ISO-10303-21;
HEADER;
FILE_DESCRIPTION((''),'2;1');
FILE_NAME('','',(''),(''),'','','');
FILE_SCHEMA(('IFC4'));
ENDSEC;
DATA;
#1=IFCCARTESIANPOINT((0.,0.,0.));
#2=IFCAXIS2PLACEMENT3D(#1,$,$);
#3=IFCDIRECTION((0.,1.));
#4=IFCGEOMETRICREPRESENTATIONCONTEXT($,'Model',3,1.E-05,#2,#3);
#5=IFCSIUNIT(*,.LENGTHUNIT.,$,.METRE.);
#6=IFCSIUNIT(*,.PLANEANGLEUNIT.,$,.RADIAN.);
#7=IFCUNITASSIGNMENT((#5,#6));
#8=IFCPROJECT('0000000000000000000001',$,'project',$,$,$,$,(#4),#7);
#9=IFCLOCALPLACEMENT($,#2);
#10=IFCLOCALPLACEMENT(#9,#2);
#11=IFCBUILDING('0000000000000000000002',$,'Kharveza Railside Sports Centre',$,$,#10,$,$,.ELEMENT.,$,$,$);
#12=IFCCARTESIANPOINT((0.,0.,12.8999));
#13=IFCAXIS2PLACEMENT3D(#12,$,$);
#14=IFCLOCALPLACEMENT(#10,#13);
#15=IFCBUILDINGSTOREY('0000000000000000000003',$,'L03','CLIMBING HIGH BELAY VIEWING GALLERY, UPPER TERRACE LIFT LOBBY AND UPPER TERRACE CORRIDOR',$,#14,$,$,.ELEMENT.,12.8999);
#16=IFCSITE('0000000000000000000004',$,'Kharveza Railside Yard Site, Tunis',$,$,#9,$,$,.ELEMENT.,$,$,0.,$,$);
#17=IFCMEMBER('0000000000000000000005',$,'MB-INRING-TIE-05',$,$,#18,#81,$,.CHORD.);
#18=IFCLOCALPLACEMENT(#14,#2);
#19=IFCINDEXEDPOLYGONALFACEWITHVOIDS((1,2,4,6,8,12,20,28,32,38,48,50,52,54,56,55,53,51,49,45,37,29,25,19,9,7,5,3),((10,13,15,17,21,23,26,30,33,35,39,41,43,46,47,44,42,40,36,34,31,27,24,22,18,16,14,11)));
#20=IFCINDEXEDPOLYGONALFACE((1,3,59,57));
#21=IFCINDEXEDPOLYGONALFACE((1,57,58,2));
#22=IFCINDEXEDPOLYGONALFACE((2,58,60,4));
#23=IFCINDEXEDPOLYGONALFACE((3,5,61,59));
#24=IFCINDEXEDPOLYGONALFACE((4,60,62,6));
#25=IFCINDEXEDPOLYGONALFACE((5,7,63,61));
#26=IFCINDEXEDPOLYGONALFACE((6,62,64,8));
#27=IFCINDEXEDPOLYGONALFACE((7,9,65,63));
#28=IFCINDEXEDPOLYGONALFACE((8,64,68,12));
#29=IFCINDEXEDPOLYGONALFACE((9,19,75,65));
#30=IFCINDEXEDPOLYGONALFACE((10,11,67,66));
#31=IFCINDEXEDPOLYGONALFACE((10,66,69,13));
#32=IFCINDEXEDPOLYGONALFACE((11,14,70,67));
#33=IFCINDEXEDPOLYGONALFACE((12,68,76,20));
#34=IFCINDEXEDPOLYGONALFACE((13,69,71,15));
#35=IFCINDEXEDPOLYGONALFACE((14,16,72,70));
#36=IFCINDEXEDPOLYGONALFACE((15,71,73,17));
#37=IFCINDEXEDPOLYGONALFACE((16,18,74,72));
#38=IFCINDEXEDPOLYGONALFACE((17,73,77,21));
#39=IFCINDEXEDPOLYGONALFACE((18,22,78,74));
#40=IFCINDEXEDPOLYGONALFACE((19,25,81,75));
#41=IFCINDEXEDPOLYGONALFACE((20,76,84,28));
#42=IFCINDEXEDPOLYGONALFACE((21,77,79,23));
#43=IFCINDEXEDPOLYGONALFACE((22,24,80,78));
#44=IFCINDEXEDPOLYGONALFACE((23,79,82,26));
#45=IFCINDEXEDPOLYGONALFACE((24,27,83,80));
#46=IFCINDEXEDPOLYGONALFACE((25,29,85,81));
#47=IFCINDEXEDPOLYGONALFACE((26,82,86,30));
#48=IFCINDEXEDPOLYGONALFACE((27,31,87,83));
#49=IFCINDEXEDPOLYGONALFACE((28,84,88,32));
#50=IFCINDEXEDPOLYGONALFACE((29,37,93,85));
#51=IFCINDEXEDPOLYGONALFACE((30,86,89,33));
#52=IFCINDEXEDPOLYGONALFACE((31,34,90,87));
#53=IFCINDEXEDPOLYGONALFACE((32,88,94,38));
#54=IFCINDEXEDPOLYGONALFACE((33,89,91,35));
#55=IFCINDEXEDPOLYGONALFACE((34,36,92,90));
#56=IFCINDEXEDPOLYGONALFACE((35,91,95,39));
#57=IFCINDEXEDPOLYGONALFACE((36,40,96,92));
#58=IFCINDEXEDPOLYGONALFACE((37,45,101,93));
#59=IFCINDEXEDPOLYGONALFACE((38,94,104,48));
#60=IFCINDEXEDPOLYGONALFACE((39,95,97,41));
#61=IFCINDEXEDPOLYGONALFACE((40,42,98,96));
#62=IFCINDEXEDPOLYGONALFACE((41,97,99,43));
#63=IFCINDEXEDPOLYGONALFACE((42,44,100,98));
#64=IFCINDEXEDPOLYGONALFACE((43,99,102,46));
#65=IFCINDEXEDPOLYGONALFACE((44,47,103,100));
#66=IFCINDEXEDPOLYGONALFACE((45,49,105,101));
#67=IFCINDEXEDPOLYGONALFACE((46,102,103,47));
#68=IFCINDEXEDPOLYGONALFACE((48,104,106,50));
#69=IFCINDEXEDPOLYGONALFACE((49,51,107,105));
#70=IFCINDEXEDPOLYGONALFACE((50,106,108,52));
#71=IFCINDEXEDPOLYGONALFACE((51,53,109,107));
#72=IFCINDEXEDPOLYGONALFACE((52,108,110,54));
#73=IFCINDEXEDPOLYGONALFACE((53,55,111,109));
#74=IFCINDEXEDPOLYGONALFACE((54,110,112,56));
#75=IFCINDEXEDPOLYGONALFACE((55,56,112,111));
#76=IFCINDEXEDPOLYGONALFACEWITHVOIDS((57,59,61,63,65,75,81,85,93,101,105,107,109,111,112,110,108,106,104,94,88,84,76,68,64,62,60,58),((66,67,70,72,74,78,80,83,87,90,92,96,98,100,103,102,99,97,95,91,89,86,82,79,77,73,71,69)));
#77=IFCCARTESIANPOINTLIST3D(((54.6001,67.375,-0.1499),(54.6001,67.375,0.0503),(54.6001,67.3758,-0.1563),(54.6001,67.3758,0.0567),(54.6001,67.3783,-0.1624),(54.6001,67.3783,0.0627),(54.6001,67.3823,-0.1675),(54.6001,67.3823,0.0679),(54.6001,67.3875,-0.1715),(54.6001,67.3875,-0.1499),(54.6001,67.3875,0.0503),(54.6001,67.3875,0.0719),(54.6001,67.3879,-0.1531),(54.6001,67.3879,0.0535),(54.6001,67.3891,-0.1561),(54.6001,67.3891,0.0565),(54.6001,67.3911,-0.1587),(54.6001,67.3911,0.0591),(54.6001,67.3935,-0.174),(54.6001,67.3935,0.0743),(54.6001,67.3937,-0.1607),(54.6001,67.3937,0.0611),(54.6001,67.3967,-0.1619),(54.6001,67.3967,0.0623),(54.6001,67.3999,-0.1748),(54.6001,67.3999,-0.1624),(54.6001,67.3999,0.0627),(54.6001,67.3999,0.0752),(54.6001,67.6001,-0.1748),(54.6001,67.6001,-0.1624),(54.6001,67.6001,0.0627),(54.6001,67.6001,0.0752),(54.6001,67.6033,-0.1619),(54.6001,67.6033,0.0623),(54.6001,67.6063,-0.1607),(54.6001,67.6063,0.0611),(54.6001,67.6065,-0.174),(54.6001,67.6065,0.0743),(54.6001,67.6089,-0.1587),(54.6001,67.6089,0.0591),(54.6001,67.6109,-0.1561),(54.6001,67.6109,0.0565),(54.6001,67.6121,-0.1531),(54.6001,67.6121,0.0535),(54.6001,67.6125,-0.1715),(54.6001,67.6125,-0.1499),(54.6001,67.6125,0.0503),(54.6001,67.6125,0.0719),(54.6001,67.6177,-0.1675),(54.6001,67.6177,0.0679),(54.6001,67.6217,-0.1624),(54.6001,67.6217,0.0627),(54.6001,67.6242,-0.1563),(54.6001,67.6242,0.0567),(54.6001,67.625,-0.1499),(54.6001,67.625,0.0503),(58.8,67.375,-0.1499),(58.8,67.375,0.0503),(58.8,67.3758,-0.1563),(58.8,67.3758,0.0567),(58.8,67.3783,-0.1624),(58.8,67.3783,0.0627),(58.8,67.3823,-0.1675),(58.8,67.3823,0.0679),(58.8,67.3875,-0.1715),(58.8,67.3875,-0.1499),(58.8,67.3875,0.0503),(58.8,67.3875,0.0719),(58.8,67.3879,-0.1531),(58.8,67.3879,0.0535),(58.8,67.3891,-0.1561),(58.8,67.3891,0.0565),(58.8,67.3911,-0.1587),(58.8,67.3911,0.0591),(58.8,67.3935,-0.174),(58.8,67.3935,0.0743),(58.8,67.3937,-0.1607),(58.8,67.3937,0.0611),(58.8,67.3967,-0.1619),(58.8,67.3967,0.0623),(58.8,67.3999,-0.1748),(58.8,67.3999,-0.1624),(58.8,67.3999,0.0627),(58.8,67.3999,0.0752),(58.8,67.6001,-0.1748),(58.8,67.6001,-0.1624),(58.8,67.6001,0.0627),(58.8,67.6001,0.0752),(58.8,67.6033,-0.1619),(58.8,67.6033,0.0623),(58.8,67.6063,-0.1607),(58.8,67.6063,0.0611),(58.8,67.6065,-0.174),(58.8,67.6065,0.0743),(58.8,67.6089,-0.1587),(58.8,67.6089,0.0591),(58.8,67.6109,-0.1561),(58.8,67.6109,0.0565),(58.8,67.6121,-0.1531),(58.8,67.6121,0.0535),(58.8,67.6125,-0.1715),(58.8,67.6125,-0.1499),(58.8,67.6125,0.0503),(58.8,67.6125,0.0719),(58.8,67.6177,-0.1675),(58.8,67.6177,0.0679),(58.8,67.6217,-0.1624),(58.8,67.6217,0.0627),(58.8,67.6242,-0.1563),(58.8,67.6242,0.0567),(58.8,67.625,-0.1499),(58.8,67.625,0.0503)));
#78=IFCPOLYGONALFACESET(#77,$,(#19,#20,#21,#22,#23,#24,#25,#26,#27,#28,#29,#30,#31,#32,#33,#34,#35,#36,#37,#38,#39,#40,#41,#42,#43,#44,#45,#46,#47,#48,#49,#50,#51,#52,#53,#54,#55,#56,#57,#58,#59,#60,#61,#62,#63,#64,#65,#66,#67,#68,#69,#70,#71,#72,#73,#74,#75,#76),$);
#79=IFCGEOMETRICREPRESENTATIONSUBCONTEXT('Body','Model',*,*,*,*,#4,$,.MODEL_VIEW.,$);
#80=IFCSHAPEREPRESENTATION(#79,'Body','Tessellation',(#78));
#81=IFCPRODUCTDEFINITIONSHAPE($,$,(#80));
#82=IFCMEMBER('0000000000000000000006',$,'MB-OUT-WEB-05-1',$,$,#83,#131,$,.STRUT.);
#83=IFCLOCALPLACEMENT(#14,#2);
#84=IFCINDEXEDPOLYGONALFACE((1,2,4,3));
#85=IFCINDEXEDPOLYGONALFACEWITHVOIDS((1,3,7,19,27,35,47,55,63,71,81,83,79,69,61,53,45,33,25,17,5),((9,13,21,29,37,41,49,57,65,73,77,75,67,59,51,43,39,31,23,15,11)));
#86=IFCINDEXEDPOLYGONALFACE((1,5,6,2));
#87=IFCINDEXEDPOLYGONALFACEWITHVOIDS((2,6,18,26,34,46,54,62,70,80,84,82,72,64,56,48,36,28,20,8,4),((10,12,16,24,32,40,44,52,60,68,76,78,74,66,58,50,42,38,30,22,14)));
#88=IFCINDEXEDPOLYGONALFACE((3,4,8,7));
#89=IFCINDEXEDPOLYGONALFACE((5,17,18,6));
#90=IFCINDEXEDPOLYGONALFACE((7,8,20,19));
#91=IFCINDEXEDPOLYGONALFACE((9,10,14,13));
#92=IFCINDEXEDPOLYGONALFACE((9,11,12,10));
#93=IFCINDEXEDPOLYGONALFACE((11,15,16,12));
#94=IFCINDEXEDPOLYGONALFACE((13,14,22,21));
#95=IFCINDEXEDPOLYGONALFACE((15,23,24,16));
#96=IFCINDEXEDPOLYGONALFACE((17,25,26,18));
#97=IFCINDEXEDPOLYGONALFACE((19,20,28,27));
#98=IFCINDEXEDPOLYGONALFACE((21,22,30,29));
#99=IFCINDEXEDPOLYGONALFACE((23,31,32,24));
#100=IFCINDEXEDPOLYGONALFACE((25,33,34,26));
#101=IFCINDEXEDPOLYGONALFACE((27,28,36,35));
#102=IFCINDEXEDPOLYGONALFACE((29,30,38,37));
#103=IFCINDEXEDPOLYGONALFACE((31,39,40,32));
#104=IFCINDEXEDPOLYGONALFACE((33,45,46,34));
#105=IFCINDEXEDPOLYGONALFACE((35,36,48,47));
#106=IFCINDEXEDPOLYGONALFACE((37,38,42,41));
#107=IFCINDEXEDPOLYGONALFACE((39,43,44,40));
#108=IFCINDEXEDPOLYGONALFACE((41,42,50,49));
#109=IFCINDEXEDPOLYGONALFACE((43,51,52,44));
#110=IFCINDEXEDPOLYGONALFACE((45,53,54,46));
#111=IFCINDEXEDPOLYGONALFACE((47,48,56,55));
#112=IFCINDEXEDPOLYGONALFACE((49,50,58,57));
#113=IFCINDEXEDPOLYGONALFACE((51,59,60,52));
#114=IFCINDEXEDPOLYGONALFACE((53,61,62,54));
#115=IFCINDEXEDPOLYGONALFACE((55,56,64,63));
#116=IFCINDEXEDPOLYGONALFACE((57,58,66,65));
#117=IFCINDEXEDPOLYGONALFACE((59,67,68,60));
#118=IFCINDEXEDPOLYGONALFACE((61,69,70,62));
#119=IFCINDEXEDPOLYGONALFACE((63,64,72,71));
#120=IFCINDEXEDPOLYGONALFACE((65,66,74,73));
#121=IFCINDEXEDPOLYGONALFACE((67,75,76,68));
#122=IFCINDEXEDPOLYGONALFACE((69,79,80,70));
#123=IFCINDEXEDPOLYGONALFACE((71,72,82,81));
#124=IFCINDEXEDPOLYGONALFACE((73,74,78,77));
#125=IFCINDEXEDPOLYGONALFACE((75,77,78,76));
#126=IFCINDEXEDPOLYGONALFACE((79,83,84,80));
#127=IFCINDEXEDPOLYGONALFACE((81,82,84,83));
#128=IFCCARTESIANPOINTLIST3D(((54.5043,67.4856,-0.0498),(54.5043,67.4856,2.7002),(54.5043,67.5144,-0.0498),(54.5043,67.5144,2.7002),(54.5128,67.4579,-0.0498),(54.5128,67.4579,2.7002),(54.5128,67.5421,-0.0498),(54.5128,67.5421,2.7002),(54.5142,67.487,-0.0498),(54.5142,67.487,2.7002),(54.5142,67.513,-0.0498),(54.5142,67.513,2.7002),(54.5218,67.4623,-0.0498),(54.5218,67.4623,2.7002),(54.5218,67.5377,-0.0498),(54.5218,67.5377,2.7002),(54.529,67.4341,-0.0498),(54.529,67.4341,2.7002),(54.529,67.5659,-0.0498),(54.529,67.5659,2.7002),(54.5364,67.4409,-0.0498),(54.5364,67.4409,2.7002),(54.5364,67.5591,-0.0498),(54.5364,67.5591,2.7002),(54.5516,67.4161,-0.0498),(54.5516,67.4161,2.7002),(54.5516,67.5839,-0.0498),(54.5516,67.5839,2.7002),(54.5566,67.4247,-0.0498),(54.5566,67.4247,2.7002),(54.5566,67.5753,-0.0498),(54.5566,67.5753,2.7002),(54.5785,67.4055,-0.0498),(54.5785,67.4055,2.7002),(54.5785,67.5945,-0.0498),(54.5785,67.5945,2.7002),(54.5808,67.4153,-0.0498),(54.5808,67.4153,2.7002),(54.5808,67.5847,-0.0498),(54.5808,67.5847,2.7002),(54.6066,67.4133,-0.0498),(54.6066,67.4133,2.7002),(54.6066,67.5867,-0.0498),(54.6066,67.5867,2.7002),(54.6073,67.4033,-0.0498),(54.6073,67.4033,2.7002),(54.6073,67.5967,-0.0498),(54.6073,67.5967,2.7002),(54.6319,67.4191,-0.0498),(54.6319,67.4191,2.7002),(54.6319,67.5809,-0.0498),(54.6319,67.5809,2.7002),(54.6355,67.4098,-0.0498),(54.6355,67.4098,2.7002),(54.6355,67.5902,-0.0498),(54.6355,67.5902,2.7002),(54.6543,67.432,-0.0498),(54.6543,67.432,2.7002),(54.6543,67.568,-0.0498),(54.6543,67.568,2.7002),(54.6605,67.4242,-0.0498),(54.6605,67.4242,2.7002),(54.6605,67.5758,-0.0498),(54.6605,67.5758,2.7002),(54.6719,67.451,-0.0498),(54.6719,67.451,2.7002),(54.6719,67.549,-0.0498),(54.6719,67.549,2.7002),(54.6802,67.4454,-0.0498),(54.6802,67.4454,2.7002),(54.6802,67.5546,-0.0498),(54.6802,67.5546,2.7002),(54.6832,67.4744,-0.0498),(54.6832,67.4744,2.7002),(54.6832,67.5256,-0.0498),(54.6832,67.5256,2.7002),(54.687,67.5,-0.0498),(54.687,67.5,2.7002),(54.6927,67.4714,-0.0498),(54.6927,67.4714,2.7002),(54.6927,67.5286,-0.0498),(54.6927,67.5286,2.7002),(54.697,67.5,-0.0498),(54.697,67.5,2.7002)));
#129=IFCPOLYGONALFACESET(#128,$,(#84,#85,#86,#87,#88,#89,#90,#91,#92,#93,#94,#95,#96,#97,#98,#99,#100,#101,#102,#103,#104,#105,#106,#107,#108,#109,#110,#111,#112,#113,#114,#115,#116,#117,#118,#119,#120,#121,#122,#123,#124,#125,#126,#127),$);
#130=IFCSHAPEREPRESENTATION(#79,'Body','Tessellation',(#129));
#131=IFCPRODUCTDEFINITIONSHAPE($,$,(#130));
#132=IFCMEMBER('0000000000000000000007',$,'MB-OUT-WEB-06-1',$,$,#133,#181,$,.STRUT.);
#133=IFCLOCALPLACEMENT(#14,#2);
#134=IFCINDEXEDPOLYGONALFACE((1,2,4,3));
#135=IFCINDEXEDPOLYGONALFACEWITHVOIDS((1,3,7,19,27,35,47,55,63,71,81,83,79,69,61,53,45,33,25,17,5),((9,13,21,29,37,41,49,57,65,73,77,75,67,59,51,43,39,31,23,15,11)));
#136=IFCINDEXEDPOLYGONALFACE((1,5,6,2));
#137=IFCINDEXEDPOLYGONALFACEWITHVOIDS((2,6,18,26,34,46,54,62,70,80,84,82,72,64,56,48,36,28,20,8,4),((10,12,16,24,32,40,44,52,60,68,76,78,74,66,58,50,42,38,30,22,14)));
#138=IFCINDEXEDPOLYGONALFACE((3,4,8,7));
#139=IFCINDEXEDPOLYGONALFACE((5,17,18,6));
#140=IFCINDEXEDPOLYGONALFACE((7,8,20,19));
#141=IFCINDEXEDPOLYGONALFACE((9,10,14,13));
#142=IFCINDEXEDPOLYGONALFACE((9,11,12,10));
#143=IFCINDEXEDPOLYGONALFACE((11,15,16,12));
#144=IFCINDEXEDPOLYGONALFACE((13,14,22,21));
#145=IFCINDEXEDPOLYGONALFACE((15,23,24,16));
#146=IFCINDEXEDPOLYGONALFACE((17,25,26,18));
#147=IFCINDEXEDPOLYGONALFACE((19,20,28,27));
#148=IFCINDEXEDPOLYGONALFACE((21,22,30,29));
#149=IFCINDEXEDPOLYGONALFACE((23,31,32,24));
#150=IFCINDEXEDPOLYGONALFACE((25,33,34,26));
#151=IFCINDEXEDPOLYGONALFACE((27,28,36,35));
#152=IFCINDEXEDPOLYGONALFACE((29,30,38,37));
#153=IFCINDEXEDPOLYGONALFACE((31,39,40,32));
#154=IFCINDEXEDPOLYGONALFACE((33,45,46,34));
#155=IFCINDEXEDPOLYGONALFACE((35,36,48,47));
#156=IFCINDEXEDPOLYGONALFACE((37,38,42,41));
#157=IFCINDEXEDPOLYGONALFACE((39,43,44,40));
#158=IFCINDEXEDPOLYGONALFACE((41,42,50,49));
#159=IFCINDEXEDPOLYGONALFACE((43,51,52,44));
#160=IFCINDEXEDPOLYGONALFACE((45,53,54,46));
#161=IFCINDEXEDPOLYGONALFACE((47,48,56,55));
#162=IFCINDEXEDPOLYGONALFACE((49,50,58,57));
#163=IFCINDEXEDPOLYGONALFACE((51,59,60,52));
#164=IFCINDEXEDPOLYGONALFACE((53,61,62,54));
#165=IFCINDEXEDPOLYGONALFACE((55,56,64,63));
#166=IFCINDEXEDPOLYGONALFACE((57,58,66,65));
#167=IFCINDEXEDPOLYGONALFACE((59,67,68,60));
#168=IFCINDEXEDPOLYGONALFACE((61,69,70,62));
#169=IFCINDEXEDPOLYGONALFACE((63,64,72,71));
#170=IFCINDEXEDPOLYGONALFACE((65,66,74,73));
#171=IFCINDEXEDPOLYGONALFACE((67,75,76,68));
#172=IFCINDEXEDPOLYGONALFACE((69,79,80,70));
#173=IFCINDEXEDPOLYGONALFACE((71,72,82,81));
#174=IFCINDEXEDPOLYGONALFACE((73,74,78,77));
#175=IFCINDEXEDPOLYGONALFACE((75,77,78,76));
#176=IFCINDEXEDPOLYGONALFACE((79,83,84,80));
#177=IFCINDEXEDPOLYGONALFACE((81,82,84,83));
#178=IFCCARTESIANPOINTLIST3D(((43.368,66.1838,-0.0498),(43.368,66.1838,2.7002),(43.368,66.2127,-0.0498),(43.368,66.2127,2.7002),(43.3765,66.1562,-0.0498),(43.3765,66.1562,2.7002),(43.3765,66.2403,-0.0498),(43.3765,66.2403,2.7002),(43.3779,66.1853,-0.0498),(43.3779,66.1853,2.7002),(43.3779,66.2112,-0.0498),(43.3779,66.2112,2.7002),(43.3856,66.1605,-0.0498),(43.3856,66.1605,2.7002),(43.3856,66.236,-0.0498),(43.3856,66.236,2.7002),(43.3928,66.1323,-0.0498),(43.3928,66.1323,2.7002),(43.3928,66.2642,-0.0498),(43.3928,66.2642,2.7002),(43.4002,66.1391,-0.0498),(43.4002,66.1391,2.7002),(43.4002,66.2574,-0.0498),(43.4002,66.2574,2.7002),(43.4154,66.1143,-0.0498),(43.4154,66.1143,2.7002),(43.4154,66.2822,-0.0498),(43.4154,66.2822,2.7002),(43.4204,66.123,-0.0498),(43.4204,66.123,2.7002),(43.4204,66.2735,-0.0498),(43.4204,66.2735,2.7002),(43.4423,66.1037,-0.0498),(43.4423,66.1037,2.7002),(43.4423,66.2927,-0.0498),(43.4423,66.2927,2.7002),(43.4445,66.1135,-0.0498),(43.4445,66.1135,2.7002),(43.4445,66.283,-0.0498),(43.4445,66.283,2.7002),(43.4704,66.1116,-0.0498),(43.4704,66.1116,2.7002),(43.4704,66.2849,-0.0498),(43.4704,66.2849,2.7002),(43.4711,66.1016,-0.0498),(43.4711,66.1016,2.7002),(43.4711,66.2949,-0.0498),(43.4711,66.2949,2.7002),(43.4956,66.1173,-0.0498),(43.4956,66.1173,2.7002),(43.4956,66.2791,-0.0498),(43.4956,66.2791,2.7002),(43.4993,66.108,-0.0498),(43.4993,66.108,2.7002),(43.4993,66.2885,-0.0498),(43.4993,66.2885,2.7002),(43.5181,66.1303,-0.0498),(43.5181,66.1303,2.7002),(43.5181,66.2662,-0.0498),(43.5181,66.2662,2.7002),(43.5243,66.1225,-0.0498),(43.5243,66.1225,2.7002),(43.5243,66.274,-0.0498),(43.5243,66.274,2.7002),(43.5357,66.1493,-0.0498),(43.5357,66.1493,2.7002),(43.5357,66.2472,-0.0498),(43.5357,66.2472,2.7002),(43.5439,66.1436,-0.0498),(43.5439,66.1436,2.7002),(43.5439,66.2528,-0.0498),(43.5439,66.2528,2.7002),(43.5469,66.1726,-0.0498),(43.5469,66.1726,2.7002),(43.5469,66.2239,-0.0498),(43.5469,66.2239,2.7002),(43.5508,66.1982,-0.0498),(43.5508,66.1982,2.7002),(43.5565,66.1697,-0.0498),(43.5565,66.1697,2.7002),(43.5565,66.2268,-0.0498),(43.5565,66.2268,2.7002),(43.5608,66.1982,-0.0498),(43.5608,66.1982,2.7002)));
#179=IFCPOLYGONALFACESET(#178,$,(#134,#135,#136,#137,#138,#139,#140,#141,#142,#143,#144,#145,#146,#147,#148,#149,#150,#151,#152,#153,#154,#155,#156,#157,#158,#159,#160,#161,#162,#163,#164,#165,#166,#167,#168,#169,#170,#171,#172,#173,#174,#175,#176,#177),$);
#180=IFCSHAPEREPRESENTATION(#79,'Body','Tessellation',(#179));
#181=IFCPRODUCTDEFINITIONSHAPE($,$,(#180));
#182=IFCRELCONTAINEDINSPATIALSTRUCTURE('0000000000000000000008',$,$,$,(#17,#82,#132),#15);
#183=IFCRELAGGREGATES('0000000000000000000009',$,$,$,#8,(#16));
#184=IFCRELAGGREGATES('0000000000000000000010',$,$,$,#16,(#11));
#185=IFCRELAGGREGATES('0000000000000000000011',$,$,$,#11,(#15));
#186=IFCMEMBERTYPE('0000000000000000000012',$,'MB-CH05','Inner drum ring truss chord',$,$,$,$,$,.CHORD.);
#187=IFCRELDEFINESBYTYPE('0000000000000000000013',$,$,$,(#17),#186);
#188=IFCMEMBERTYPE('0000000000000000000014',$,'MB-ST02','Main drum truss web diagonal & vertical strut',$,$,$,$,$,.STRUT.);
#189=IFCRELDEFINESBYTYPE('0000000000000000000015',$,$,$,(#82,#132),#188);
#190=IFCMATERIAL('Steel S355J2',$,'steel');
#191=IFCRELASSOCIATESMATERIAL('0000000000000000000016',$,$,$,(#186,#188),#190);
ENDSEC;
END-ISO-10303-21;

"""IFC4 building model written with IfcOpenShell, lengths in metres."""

from ifc_helpers import new_model, si_unit, direction, frame, origin, origin_2d, place, context, subcontext, project, spatial, hollow_rectangle, hollow_circle, extrude, material, material_profile, profile_set, type_object, element, save


model = new_model("IFC4")

# Units and contexts
model_context = context("Model", 3, precision=1e-05, world=origin(), true_north=direction((0.0, 1.0)))
body_context = subcontext(model_context, "Body", "Model", "MODEL_VIEW")
ifc_project = project(units=[si_unit("LENGTHUNIT", "METRE"), si_unit("PLANEANGLEUNIT", "RADIAN")], contexts=[model_context])

# Site, building, storey
site_placement = place(None, origin())
site = spatial("IfcSite", under=ifc_project, at=site_placement, Name="Kharveza Railside Yard Site, Tunis", CompositionType="ELEMENT", RefElevation=0.0)
building_placement = place(site_placement, origin())
building = spatial("IfcBuilding", under=site, at=building_placement, Name="Kharveza Railside Sports Centre", CompositionType="ELEMENT")
storey_placement = place(building_placement, frame((0.0, 0.0, 12.8999)))
storey = spatial("IfcBuildingStorey", under=building, at=storey_placement, Name="L03", Description="CLIMBING HIGH BELAY VIEWING GALLERY, UPPER TERRACE LIFT LOBBY AND UPPER TERRACE CORRIDOR", CompositionType="ELEMENT", Elevation=12.8999)

# Members
ifc_material_1 = material(Name="Steel S355J2", Category="steel")
ifc_material_profile_1 = material_profile(ifc_material_1, hollow_rectangle(XDim=0.25, YDim=0.25, WallThickness=0.0125, InnerFilletRadius=0.0125, OuterFilletRadius=0.0249, at=origin_2d()), Name="SHS 250x250x12.5")
ifc_profile_set_1 = profile_set([ifc_material_profile_1], Name="Steel S355J2")
member_type_1 = type_object("IfcMemberType", Name="MB-CH05", Description="Inner drum ring truss chord", PredefinedType="CHORD", material=ifc_profile_set_1)
member_1_placement = place(storey_placement, frame((54.6001, 67.5, -0.0498), z_axis=(1.0, 0.0, 0.0), x_axis=(0.0, 1.0, 0.0)))
element("IfcMember", 1, at=member_1_placement, inside=storey, type_object=member_type_1, Name="MB-INRING-TIE-05", PredefinedType="CHORD", context=body_context, shape_type="SweptSolid", body=[
    extrude(hollow_rectangle(XDim=0.25, YDim=0.25, WallThickness=0.0125, InnerFilletRadius=0.0125, OuterFilletRadius=0.0249, at=origin_2d()), origin(), (0.0, 0.0, 1.0), 4.2),
])
ifc_material_profile_2 = material_profile(ifc_material_1, hollow_circle(Radius=0.0969, WallThickness=0.01, at=origin_2d()), Name="CHS 193.7x10.0")
ifc_profile_set_2 = profile_set([ifc_material_profile_2], Name="Steel S355J2")
member_type_2 = type_object("IfcMemberType", Name="MB-ST02", Description="Main drum truss web diagonal & vertical strut", PredefinedType="STRUT", material=ifc_profile_set_2)
for number, where, z_axis, x_axis, name in (
    (2, (54.6001, 67.5, -0.0498), (0.0, 0.0, 1.0), (1.0, 0.0, 0.0), "MB-OUT-WEB-05-1"),
    (3, (43.4639, 66.1982, -0.0498), (0.0, 0.0, 1.0), (1.0, 0.0, 0.0), "MB-OUT-WEB-06-1"),
):
    element("IfcMember", number, at=place(storey_placement, frame(where, z_axis=z_axis, x_axis=x_axis)), inside=storey, type_object=member_type_2, Name=name, PredefinedType="STRUT", context=body_context, shape_type="SweptSolid", body=[
        extrude(hollow_circle(Radius=0.0969, WallThickness=0.01, at=origin_2d()), origin(), (0.0, 0.0, 1.0), 2.75),
    ])

save(model, "model.ifc")
